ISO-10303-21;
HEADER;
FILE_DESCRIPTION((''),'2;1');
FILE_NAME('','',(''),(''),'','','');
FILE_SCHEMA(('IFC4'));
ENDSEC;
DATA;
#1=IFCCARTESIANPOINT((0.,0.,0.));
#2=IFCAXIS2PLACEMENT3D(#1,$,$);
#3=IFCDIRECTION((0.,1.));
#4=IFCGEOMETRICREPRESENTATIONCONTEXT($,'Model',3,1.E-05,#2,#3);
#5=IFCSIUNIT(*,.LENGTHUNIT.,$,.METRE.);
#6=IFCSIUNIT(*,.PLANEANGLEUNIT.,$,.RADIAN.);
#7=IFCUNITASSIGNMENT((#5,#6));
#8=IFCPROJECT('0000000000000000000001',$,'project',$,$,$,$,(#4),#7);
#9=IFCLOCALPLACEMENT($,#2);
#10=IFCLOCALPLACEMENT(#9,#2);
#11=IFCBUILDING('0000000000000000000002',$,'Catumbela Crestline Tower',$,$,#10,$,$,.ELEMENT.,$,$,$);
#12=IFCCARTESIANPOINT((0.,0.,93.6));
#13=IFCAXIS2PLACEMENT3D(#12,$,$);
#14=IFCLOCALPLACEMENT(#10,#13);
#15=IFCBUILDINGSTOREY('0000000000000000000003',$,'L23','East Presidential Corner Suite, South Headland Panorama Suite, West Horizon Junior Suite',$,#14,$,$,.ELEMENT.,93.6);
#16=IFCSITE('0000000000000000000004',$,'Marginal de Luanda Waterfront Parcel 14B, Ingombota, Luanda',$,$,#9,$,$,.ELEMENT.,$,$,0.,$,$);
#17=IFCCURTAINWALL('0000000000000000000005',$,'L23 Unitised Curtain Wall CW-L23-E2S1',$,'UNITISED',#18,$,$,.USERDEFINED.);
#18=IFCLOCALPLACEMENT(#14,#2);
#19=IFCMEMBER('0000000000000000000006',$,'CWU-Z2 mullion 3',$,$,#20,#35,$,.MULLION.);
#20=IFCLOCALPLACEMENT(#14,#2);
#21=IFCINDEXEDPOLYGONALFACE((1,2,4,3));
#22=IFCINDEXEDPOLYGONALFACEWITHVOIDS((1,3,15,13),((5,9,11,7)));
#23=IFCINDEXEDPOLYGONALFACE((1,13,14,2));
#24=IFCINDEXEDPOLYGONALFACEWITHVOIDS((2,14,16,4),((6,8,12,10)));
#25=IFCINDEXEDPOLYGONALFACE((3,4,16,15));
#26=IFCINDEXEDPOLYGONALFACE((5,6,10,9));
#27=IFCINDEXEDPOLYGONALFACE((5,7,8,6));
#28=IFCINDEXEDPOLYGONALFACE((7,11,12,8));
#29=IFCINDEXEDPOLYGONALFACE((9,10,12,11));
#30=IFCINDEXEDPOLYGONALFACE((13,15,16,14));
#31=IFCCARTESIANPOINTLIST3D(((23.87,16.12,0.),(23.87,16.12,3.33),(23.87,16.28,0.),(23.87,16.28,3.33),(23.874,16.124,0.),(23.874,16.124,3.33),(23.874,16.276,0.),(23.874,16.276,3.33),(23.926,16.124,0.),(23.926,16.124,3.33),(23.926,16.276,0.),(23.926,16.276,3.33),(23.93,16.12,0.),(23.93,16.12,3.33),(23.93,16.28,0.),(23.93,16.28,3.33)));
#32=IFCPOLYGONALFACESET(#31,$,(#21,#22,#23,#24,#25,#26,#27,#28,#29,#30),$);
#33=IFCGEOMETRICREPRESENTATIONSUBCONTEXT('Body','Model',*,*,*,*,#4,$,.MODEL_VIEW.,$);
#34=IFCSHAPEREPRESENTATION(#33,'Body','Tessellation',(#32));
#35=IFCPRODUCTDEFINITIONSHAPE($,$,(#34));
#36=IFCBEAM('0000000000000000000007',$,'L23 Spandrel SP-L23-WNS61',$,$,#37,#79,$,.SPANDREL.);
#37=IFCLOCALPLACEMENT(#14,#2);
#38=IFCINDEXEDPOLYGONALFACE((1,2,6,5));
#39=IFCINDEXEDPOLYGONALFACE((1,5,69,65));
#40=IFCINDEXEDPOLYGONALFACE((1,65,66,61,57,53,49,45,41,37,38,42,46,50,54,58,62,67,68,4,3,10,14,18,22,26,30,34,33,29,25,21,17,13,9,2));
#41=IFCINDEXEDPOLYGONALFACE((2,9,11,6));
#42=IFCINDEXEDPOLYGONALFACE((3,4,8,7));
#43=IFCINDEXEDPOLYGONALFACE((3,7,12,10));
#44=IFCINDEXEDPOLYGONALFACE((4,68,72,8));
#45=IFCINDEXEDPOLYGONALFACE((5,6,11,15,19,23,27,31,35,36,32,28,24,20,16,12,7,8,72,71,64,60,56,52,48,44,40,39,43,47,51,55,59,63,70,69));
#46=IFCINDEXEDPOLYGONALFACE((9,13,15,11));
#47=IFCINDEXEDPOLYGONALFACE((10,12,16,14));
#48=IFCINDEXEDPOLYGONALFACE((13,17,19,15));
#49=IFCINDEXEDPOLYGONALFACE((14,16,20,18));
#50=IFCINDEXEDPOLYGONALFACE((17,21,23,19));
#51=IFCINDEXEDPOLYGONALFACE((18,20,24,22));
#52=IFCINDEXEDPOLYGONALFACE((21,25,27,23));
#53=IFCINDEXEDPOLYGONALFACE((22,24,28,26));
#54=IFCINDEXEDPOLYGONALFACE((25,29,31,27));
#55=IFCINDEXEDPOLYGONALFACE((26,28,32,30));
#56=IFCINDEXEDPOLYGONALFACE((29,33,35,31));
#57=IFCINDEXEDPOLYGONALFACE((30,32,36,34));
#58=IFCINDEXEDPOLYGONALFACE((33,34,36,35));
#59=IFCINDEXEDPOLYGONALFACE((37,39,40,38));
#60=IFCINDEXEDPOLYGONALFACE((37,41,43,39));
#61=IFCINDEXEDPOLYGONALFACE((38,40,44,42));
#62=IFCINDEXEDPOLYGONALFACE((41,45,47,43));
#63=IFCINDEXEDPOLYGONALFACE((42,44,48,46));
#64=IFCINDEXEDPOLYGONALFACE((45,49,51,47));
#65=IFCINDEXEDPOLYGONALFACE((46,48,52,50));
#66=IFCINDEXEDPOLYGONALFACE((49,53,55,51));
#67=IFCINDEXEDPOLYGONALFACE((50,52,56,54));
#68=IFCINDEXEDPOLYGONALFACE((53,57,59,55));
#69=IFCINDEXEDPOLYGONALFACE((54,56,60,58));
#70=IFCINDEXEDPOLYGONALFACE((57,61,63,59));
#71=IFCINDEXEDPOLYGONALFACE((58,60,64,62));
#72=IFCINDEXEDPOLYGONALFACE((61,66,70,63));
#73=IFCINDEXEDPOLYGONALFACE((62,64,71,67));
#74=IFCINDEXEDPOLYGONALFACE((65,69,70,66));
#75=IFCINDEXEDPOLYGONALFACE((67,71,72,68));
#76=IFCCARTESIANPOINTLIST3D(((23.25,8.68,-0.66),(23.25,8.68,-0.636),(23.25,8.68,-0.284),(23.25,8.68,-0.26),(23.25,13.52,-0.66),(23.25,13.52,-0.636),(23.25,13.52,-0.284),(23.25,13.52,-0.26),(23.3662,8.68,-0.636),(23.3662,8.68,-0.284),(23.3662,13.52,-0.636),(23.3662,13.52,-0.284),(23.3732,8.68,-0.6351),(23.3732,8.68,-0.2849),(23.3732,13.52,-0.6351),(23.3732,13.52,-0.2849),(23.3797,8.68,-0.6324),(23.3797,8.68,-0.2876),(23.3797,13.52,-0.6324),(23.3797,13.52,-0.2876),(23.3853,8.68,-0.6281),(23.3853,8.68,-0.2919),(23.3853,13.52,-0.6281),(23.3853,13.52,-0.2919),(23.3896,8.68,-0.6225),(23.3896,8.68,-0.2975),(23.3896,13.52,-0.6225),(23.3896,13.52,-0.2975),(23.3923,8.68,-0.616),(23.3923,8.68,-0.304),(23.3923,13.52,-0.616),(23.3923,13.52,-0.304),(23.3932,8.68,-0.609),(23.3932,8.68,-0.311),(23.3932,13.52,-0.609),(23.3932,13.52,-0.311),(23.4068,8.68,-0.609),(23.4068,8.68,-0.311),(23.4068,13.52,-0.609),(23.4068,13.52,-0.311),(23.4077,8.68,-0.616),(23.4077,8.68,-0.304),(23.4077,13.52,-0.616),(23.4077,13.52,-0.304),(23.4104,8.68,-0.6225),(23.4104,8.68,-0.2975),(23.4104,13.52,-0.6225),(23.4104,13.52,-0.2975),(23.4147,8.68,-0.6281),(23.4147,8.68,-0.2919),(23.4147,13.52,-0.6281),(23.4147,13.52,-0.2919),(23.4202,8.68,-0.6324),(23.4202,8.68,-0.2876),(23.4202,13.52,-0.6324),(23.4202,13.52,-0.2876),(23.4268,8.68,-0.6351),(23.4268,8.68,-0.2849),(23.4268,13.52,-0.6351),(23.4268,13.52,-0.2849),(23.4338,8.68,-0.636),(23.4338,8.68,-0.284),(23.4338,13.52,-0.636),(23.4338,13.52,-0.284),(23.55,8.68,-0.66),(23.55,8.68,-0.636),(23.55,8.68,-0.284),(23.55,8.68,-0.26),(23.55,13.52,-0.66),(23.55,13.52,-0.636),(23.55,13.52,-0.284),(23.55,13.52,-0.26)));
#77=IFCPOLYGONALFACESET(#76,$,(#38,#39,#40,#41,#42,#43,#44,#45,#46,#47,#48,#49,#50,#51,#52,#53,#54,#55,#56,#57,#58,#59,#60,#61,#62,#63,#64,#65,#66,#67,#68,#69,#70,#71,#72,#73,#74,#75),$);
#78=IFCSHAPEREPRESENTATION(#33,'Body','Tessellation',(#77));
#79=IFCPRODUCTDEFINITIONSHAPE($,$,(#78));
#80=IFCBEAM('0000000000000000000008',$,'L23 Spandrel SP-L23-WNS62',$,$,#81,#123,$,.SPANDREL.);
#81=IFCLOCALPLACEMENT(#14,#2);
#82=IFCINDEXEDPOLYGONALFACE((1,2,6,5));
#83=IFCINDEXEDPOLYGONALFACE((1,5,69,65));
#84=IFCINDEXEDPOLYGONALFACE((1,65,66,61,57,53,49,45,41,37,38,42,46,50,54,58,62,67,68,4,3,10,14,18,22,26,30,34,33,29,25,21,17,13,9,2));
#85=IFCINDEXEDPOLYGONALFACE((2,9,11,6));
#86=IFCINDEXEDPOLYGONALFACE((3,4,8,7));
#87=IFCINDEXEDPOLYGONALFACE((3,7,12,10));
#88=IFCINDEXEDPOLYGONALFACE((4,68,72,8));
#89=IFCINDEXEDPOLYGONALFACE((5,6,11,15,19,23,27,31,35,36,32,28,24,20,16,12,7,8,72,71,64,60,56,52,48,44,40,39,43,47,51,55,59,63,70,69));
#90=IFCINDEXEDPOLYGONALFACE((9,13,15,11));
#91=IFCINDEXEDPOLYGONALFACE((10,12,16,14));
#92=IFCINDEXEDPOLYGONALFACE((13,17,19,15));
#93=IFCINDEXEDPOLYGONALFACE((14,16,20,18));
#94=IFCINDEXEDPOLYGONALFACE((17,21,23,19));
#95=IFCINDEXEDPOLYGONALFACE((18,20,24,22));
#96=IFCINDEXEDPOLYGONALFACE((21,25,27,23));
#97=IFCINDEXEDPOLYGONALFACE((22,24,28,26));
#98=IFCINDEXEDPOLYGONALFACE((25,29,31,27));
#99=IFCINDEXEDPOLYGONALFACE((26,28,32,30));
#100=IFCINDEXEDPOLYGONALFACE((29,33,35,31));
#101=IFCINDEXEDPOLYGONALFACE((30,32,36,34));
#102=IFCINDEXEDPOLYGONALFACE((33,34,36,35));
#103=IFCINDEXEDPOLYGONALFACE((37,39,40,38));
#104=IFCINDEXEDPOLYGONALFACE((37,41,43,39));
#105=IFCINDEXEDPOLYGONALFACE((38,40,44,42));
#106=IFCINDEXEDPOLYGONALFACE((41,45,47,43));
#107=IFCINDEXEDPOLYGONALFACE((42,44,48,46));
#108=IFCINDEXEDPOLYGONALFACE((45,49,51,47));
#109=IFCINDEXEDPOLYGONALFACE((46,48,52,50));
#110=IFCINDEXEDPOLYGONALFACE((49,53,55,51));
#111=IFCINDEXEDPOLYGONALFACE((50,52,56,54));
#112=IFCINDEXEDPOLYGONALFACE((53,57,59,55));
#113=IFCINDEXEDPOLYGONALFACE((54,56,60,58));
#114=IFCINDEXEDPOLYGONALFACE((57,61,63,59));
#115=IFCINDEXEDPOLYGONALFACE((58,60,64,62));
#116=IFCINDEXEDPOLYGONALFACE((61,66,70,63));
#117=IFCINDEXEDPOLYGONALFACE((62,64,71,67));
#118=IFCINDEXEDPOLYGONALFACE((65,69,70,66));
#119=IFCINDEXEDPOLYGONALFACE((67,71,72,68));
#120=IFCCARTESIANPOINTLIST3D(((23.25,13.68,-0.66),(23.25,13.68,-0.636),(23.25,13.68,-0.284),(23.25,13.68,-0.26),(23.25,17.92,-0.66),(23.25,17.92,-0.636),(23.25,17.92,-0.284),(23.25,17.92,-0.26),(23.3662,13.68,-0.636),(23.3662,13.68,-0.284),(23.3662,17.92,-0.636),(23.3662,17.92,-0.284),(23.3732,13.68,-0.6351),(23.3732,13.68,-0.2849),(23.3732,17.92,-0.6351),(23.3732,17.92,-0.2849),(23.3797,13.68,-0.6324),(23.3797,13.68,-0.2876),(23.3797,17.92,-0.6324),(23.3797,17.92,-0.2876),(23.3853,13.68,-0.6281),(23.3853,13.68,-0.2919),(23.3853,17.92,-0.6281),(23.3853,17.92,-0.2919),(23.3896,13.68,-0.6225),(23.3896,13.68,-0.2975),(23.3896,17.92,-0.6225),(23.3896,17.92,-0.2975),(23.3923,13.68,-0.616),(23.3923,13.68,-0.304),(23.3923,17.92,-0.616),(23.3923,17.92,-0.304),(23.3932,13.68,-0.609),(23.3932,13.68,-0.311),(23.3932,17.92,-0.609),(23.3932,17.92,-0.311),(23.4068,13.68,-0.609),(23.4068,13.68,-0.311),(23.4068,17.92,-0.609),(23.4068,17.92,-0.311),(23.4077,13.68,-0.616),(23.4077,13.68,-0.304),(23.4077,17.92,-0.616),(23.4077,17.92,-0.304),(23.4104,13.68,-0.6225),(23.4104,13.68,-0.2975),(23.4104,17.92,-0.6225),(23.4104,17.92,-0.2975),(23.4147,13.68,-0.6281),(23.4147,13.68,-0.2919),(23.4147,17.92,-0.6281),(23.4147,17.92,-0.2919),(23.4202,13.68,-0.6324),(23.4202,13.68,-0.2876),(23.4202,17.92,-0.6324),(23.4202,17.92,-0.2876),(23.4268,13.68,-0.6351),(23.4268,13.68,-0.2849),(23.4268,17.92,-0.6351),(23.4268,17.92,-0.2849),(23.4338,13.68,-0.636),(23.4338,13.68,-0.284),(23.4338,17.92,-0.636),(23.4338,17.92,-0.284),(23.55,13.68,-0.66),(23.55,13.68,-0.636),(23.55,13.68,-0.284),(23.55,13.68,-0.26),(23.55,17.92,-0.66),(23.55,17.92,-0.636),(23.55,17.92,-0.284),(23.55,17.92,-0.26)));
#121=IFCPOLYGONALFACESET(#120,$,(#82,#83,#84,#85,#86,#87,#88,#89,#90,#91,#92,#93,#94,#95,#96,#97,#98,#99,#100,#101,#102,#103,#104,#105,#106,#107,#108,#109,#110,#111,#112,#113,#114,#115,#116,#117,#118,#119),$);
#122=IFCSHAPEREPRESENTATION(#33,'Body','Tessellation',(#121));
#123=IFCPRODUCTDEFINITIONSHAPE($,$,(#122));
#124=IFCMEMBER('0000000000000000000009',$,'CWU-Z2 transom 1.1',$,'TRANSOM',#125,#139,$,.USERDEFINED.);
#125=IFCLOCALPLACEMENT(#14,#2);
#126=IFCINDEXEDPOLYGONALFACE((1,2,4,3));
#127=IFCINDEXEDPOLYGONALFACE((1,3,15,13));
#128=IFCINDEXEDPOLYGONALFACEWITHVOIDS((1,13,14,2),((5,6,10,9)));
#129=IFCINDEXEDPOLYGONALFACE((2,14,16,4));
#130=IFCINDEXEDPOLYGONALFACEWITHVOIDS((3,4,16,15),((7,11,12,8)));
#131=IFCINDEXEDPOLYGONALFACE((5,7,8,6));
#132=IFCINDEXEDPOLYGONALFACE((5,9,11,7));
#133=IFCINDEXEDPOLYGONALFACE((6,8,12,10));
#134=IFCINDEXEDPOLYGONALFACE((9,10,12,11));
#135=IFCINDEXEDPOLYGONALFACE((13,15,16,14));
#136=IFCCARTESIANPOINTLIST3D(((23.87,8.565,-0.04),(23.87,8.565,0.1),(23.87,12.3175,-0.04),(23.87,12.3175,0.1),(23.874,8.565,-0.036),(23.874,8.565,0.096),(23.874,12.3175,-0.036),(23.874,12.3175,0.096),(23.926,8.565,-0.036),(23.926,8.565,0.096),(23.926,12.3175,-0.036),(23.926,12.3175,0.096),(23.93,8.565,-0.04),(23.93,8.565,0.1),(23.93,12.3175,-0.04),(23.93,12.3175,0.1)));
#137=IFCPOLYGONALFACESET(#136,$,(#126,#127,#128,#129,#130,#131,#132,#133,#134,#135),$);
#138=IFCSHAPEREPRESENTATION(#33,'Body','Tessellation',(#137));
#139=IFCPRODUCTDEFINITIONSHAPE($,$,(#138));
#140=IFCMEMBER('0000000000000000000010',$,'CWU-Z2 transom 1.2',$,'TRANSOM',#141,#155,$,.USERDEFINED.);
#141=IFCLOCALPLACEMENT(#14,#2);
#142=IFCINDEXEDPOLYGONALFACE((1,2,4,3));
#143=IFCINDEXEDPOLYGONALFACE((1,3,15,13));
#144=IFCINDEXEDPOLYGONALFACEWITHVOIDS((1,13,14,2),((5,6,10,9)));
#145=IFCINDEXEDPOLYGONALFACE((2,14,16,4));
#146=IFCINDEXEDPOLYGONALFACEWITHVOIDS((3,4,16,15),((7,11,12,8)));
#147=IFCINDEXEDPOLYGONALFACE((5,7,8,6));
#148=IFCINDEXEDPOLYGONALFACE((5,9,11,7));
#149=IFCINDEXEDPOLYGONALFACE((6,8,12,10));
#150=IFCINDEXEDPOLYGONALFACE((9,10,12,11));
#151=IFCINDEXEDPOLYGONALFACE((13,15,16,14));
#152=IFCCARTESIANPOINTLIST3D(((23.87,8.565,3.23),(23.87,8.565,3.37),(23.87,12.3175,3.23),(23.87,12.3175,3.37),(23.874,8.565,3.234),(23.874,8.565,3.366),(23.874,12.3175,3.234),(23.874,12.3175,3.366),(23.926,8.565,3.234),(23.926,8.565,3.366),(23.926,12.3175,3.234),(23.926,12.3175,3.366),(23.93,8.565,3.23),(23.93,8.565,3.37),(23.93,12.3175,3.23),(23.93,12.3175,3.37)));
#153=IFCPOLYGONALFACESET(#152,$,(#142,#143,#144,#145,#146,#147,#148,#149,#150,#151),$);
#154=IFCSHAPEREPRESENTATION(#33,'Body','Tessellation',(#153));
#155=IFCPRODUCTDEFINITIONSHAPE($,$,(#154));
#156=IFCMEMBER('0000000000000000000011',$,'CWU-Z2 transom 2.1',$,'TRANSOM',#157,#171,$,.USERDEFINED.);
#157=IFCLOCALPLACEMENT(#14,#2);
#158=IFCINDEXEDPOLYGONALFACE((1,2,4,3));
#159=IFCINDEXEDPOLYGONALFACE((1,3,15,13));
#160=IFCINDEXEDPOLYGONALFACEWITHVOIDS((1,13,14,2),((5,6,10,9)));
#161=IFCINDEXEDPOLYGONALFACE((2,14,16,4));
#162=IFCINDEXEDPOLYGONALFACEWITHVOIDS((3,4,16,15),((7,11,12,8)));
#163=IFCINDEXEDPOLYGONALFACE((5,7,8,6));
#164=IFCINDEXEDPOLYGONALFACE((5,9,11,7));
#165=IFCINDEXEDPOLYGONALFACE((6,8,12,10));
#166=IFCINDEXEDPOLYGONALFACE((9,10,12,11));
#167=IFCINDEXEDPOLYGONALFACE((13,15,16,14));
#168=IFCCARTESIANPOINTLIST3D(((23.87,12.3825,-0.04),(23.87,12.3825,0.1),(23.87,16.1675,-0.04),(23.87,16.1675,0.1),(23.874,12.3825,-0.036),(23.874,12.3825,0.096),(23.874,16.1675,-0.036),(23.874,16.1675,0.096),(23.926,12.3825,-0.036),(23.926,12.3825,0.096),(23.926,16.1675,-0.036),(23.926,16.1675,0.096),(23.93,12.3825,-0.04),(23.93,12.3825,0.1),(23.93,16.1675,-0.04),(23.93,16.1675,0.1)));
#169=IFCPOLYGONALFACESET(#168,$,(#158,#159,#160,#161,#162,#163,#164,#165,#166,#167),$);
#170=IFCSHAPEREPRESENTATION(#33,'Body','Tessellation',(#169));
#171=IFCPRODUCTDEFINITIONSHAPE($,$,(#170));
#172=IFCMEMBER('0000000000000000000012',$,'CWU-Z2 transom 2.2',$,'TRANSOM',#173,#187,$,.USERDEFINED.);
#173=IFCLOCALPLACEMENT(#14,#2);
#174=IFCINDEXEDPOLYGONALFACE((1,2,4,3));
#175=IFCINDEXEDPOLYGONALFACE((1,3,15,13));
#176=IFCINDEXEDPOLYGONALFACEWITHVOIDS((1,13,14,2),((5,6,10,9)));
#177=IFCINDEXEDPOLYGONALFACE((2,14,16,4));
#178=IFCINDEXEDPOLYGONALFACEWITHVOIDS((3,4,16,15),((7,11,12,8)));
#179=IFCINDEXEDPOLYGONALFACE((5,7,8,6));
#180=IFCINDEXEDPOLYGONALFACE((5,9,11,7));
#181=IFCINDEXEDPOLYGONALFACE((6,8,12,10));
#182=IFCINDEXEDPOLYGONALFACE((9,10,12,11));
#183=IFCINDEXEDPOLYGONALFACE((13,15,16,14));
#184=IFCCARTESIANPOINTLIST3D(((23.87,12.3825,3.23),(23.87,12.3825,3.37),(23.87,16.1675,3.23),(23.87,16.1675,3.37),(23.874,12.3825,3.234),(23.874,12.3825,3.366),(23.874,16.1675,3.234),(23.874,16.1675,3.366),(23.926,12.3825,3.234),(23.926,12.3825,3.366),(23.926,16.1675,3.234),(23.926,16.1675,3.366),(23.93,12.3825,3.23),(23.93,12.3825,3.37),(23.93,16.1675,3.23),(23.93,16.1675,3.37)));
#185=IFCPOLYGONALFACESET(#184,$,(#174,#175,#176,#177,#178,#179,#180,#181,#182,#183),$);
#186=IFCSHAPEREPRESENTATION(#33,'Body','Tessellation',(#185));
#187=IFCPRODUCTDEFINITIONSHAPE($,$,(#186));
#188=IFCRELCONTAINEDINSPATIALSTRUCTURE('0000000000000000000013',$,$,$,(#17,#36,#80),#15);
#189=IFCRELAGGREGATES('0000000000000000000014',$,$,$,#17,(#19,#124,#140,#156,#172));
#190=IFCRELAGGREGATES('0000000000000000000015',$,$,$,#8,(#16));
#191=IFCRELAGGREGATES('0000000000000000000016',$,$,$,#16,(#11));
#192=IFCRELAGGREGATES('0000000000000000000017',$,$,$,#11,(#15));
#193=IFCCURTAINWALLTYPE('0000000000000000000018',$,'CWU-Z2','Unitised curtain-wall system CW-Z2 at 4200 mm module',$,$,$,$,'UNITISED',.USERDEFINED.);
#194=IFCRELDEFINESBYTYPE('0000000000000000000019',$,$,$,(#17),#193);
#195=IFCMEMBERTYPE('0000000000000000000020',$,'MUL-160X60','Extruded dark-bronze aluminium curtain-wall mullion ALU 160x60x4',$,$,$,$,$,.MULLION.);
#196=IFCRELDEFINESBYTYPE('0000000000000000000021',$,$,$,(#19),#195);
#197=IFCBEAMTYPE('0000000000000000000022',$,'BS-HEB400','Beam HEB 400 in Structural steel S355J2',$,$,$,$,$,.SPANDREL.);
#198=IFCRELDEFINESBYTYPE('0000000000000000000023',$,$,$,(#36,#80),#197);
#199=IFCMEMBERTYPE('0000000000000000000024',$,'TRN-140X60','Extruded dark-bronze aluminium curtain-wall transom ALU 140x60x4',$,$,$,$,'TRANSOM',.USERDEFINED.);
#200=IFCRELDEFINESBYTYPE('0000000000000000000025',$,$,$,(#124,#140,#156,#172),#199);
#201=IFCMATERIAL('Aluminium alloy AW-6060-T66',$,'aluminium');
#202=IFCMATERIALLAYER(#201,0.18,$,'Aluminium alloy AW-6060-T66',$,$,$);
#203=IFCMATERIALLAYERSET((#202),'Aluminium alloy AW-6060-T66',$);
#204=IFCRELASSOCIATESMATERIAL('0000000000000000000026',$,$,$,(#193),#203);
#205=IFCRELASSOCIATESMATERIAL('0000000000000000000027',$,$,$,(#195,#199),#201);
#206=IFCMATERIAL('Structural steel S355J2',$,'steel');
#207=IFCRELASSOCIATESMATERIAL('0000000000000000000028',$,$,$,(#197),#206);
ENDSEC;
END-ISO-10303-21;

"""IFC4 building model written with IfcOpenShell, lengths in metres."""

from ifc_helpers import new_model, si_unit, direction, frame, origin, origin_2d, place, context, subcontext, project, spatial, hollow_rectangle, i_section, extrude, material, layer, layer_set, material_profile, profile_set, type_object, element, aggregate, save


model = new_model("IFC4")

# Units and contexts
model_context = context("Model", 3, precision=1e-05, world=origin(), true_north=direction((0.0, 1.0)))
body_context = subcontext(model_context, "Body", "Model", "MODEL_VIEW")
ifc_project = project(units=[si_unit("LENGTHUNIT", "METRE"), si_unit("PLANEANGLEUNIT", "RADIAN")], contexts=[model_context])

# Site, building, storey
site_placement = place(None, origin())
site = spatial("IfcSite", under=ifc_project, at=site_placement, Name="Marginal de Luanda Waterfront Parcel 14B, Ingombota, Luanda", CompositionType="ELEMENT", RefElevation=0.0)
building_placement = place(site_placement, origin())
building = spatial("IfcBuilding", under=site, at=building_placement, Name="Catumbela Crestline Tower", CompositionType="ELEMENT")
storey_placement = place(building_placement, frame((0.0, 0.0, 93.6)))
storey = spatial("IfcBuildingStorey", under=building, at=storey_placement, Name="L23", Description="East Presidential Corner Suite, South Headland Panorama Suite, West Horizon Junior Suite", CompositionType="ELEMENT", Elevation=93.6)

# Shared definitions
ifc_material_1 = material(Name="Structural steel S355J2", Category="steel")

# Shared definitions
ifc_material_2 = material(Name="Aluminium alloy AW-6060-T66", Category="aluminium")
ifc_layer_1 = layer(ifc_material_2, 0.18, Name="Aluminium alloy AW-6060-T66")
ifc_layer_set_1 = layer_set([ifc_layer_1], Name="Aluminium alloy AW-6060-T66")
curtain_wall_type = type_object("IfcCurtainWallType", Name="CWU-Z2", Description="Unitised curtain-wall system CW-Z2 at 4200 mm module", ElementType="UNITISED", PredefinedType="USERDEFINED", material=ifc_layer_set_1)
ifc_material_profile_1 = material_profile(ifc_material_2, hollow_rectangle(XDim=0.06, YDim=0.16, WallThickness=0.004, at=origin_2d()), Name="ALU 160x60x4")
ifc_profile_set_1 = profile_set([ifc_material_profile_1], Name="Aluminium alloy AW-6060-T66")
member_type_1 = type_object("IfcMemberType", Name="MUL-160X60", Description="Extruded dark-bronze aluminium curtain-wall mullion ALU 160x60x4", PredefinedType="MULLION", material=ifc_profile_set_1)

# Curtain wall, member
curtain_wall_1_placement = place(storey_placement, origin())
curtain_wall_1 = element("IfcCurtainWall", 1, at=curtain_wall_1_placement, inside=storey, type_object=curtain_wall_type, Name="L23 Unitised Curtain Wall CW-L23-E2S1", ObjectType="UNITISED", PredefinedType="USERDEFINED")
member_1_placement = place(storey_placement, frame((23.9, 16.2, 0.0), z_axis=(0.0, 0.0, 1.0), x_axis=(-1.0, 0.0, 0.0)))
member_1 = element("IfcMember", 2, at=member_1_placement, type_object=member_type_1, Name="CWU-Z2 mullion 3", PredefinedType="MULLION", context=body_context, shape_type="SweptSolid", body=[
    extrude(hollow_rectangle(XDim=0.06, YDim=0.16, WallThickness=0.004, at=origin_2d()), origin(), (0.0, 0.0, 1.0), 3.33),
])

# Beams
ifc_material_profile_2 = material_profile(ifc_material_1, i_section(OverallWidth=0.3, OverallDepth=0.4, WebThickness=0.0135, FlangeThickness=0.024, FilletRadius=0.027, at=origin_2d()), Name="HEB 400")
ifc_profile_set_2 = profile_set([ifc_material_profile_2], Name="Structural steel S355J2")
beam_type_1 = type_object("IfcBeamType", Name="BS-HEB400", Description="Beam HEB 400 in Structural steel S355J2", PredefinedType="SPANDREL", material=ifc_profile_set_2)
beam_1_placement = place(storey_placement, frame((23.4, 8.68, -0.46), z_axis=(0.0, 1.0, 0.0), x_axis=(-1.0, 0.0, 0.0)))
element("IfcBeam", 3, at=beam_1_placement, inside=storey, type_object=beam_type_1, Name="L23 Spandrel SP-L23-WNS61", PredefinedType="SPANDREL", context=body_context, shape_type="SweptSolid", body=[
    extrude(i_section(OverallWidth=0.3, OverallDepth=0.4, WebThickness=0.0135, FlangeThickness=0.024, FilletRadius=0.027, at=origin_2d()), origin(), (0.0, 0.0, 1.0), 4.84),
])
beam_2_placement = place(storey_placement, frame((23.4, 13.68, -0.46), z_axis=(0.0, 1.0, 0.0), x_axis=(-1.0, 0.0, 0.0)))
element("IfcBeam", 4, at=beam_2_placement, inside=storey, type_object=beam_type_1, Name="L23 Spandrel SP-L23-WNS62", PredefinedType="SPANDREL", context=body_context, shape_type="SweptSolid", body=[
    extrude(i_section(OverallWidth=0.3, OverallDepth=0.4, WebThickness=0.0135, FlangeThickness=0.024, FilletRadius=0.027, at=origin_2d()), origin(), (0.0, 0.0, 1.0), 4.24),
])

# Members
ifc_material_profile_3 = material_profile(ifc_material_2, hollow_rectangle(XDim=0.06, YDim=0.14, WallThickness=0.004, at=origin_2d()), Name="ALU 140x60x4")
ifc_profile_set_3 = profile_set([ifc_material_profile_3], Name="Aluminium alloy AW-6060-T66")
member_type_2 = type_object("IfcMemberType", Name="TRN-140X60", Description="Extruded dark-bronze aluminium curtain-wall transom ALU 140x60x4", ElementType="TRANSOM", PredefinedType="USERDEFINED", material=ifc_profile_set_3)
member_2_placement = place(storey_placement, frame((23.9, 8.565, 0.03), z_axis=(0.0, 1.0, 0.0), x_axis=(-1.0, 0.0, 0.0)))
member_2 = element("IfcMember", 5, at=member_2_placement, type_object=member_type_2, Name="CWU-Z2 transom 1.1", ObjectType="TRANSOM", PredefinedType="USERDEFINED", context=body_context, shape_type="SweptSolid", body=[
    extrude(hollow_rectangle(XDim=0.06, YDim=0.14, WallThickness=0.004, at=origin_2d()), origin(), (0.0, 0.0, 1.0), 3.7525),
])
member_3_placement = place(storey_placement, frame((23.9, 8.565, 3.3), z_axis=(0.0, 1.0, 0.0), x_axis=(-1.0, 0.0, 0.0)))
member_3 = element("IfcMember", 6, at=member_3_placement, type_object=member_type_2, Name="CWU-Z2 transom 1.2", ObjectType="TRANSOM", PredefinedType="USERDEFINED", context=body_context, shape_type="SweptSolid", body=[
    extrude(hollow_rectangle(XDim=0.06, YDim=0.14, WallThickness=0.004, at=origin_2d()), origin(), (0.0, 0.0, 1.0), 3.7525),
])
member_4_placement = place(storey_placement, frame((23.9, 12.3825, 0.03), z_axis=(0.0, 1.0, 0.0), x_axis=(-1.0, 0.0, 0.0)))
member_4 = element("IfcMember", 7, at=member_4_placement, type_object=member_type_2, Name="CWU-Z2 transom 2.1", ObjectType="TRANSOM", PredefinedType="USERDEFINED", context=body_context, shape_type="SweptSolid", body=[
    extrude(hollow_rectangle(XDim=0.06, YDim=0.14, WallThickness=0.004, at=origin_2d()), origin(), (0.0, 0.0, 1.0), 3.785),
])
member_5_placement = place(storey_placement, frame((23.9, 12.3825, 3.3), z_axis=(0.0, 1.0, 0.0), x_axis=(-1.0, 0.0, 0.0)))
member_5 = element("IfcMember", 8, at=member_5_placement, type_object=member_type_2, Name="CWU-Z2 transom 2.2", ObjectType="TRANSOM", PredefinedType="USERDEFINED", context=body_context, shape_type="SweptSolid", body=[
    extrude(hollow_rectangle(XDim=0.06, YDim=0.14, WallThickness=0.004, at=origin_2d()), origin(), (0.0, 0.0, 1.0), 3.785),
])

aggregate(curtain_wall_1, [member_1, member_2, member_3, member_4, member_5])

save(model, "model.ifc")
